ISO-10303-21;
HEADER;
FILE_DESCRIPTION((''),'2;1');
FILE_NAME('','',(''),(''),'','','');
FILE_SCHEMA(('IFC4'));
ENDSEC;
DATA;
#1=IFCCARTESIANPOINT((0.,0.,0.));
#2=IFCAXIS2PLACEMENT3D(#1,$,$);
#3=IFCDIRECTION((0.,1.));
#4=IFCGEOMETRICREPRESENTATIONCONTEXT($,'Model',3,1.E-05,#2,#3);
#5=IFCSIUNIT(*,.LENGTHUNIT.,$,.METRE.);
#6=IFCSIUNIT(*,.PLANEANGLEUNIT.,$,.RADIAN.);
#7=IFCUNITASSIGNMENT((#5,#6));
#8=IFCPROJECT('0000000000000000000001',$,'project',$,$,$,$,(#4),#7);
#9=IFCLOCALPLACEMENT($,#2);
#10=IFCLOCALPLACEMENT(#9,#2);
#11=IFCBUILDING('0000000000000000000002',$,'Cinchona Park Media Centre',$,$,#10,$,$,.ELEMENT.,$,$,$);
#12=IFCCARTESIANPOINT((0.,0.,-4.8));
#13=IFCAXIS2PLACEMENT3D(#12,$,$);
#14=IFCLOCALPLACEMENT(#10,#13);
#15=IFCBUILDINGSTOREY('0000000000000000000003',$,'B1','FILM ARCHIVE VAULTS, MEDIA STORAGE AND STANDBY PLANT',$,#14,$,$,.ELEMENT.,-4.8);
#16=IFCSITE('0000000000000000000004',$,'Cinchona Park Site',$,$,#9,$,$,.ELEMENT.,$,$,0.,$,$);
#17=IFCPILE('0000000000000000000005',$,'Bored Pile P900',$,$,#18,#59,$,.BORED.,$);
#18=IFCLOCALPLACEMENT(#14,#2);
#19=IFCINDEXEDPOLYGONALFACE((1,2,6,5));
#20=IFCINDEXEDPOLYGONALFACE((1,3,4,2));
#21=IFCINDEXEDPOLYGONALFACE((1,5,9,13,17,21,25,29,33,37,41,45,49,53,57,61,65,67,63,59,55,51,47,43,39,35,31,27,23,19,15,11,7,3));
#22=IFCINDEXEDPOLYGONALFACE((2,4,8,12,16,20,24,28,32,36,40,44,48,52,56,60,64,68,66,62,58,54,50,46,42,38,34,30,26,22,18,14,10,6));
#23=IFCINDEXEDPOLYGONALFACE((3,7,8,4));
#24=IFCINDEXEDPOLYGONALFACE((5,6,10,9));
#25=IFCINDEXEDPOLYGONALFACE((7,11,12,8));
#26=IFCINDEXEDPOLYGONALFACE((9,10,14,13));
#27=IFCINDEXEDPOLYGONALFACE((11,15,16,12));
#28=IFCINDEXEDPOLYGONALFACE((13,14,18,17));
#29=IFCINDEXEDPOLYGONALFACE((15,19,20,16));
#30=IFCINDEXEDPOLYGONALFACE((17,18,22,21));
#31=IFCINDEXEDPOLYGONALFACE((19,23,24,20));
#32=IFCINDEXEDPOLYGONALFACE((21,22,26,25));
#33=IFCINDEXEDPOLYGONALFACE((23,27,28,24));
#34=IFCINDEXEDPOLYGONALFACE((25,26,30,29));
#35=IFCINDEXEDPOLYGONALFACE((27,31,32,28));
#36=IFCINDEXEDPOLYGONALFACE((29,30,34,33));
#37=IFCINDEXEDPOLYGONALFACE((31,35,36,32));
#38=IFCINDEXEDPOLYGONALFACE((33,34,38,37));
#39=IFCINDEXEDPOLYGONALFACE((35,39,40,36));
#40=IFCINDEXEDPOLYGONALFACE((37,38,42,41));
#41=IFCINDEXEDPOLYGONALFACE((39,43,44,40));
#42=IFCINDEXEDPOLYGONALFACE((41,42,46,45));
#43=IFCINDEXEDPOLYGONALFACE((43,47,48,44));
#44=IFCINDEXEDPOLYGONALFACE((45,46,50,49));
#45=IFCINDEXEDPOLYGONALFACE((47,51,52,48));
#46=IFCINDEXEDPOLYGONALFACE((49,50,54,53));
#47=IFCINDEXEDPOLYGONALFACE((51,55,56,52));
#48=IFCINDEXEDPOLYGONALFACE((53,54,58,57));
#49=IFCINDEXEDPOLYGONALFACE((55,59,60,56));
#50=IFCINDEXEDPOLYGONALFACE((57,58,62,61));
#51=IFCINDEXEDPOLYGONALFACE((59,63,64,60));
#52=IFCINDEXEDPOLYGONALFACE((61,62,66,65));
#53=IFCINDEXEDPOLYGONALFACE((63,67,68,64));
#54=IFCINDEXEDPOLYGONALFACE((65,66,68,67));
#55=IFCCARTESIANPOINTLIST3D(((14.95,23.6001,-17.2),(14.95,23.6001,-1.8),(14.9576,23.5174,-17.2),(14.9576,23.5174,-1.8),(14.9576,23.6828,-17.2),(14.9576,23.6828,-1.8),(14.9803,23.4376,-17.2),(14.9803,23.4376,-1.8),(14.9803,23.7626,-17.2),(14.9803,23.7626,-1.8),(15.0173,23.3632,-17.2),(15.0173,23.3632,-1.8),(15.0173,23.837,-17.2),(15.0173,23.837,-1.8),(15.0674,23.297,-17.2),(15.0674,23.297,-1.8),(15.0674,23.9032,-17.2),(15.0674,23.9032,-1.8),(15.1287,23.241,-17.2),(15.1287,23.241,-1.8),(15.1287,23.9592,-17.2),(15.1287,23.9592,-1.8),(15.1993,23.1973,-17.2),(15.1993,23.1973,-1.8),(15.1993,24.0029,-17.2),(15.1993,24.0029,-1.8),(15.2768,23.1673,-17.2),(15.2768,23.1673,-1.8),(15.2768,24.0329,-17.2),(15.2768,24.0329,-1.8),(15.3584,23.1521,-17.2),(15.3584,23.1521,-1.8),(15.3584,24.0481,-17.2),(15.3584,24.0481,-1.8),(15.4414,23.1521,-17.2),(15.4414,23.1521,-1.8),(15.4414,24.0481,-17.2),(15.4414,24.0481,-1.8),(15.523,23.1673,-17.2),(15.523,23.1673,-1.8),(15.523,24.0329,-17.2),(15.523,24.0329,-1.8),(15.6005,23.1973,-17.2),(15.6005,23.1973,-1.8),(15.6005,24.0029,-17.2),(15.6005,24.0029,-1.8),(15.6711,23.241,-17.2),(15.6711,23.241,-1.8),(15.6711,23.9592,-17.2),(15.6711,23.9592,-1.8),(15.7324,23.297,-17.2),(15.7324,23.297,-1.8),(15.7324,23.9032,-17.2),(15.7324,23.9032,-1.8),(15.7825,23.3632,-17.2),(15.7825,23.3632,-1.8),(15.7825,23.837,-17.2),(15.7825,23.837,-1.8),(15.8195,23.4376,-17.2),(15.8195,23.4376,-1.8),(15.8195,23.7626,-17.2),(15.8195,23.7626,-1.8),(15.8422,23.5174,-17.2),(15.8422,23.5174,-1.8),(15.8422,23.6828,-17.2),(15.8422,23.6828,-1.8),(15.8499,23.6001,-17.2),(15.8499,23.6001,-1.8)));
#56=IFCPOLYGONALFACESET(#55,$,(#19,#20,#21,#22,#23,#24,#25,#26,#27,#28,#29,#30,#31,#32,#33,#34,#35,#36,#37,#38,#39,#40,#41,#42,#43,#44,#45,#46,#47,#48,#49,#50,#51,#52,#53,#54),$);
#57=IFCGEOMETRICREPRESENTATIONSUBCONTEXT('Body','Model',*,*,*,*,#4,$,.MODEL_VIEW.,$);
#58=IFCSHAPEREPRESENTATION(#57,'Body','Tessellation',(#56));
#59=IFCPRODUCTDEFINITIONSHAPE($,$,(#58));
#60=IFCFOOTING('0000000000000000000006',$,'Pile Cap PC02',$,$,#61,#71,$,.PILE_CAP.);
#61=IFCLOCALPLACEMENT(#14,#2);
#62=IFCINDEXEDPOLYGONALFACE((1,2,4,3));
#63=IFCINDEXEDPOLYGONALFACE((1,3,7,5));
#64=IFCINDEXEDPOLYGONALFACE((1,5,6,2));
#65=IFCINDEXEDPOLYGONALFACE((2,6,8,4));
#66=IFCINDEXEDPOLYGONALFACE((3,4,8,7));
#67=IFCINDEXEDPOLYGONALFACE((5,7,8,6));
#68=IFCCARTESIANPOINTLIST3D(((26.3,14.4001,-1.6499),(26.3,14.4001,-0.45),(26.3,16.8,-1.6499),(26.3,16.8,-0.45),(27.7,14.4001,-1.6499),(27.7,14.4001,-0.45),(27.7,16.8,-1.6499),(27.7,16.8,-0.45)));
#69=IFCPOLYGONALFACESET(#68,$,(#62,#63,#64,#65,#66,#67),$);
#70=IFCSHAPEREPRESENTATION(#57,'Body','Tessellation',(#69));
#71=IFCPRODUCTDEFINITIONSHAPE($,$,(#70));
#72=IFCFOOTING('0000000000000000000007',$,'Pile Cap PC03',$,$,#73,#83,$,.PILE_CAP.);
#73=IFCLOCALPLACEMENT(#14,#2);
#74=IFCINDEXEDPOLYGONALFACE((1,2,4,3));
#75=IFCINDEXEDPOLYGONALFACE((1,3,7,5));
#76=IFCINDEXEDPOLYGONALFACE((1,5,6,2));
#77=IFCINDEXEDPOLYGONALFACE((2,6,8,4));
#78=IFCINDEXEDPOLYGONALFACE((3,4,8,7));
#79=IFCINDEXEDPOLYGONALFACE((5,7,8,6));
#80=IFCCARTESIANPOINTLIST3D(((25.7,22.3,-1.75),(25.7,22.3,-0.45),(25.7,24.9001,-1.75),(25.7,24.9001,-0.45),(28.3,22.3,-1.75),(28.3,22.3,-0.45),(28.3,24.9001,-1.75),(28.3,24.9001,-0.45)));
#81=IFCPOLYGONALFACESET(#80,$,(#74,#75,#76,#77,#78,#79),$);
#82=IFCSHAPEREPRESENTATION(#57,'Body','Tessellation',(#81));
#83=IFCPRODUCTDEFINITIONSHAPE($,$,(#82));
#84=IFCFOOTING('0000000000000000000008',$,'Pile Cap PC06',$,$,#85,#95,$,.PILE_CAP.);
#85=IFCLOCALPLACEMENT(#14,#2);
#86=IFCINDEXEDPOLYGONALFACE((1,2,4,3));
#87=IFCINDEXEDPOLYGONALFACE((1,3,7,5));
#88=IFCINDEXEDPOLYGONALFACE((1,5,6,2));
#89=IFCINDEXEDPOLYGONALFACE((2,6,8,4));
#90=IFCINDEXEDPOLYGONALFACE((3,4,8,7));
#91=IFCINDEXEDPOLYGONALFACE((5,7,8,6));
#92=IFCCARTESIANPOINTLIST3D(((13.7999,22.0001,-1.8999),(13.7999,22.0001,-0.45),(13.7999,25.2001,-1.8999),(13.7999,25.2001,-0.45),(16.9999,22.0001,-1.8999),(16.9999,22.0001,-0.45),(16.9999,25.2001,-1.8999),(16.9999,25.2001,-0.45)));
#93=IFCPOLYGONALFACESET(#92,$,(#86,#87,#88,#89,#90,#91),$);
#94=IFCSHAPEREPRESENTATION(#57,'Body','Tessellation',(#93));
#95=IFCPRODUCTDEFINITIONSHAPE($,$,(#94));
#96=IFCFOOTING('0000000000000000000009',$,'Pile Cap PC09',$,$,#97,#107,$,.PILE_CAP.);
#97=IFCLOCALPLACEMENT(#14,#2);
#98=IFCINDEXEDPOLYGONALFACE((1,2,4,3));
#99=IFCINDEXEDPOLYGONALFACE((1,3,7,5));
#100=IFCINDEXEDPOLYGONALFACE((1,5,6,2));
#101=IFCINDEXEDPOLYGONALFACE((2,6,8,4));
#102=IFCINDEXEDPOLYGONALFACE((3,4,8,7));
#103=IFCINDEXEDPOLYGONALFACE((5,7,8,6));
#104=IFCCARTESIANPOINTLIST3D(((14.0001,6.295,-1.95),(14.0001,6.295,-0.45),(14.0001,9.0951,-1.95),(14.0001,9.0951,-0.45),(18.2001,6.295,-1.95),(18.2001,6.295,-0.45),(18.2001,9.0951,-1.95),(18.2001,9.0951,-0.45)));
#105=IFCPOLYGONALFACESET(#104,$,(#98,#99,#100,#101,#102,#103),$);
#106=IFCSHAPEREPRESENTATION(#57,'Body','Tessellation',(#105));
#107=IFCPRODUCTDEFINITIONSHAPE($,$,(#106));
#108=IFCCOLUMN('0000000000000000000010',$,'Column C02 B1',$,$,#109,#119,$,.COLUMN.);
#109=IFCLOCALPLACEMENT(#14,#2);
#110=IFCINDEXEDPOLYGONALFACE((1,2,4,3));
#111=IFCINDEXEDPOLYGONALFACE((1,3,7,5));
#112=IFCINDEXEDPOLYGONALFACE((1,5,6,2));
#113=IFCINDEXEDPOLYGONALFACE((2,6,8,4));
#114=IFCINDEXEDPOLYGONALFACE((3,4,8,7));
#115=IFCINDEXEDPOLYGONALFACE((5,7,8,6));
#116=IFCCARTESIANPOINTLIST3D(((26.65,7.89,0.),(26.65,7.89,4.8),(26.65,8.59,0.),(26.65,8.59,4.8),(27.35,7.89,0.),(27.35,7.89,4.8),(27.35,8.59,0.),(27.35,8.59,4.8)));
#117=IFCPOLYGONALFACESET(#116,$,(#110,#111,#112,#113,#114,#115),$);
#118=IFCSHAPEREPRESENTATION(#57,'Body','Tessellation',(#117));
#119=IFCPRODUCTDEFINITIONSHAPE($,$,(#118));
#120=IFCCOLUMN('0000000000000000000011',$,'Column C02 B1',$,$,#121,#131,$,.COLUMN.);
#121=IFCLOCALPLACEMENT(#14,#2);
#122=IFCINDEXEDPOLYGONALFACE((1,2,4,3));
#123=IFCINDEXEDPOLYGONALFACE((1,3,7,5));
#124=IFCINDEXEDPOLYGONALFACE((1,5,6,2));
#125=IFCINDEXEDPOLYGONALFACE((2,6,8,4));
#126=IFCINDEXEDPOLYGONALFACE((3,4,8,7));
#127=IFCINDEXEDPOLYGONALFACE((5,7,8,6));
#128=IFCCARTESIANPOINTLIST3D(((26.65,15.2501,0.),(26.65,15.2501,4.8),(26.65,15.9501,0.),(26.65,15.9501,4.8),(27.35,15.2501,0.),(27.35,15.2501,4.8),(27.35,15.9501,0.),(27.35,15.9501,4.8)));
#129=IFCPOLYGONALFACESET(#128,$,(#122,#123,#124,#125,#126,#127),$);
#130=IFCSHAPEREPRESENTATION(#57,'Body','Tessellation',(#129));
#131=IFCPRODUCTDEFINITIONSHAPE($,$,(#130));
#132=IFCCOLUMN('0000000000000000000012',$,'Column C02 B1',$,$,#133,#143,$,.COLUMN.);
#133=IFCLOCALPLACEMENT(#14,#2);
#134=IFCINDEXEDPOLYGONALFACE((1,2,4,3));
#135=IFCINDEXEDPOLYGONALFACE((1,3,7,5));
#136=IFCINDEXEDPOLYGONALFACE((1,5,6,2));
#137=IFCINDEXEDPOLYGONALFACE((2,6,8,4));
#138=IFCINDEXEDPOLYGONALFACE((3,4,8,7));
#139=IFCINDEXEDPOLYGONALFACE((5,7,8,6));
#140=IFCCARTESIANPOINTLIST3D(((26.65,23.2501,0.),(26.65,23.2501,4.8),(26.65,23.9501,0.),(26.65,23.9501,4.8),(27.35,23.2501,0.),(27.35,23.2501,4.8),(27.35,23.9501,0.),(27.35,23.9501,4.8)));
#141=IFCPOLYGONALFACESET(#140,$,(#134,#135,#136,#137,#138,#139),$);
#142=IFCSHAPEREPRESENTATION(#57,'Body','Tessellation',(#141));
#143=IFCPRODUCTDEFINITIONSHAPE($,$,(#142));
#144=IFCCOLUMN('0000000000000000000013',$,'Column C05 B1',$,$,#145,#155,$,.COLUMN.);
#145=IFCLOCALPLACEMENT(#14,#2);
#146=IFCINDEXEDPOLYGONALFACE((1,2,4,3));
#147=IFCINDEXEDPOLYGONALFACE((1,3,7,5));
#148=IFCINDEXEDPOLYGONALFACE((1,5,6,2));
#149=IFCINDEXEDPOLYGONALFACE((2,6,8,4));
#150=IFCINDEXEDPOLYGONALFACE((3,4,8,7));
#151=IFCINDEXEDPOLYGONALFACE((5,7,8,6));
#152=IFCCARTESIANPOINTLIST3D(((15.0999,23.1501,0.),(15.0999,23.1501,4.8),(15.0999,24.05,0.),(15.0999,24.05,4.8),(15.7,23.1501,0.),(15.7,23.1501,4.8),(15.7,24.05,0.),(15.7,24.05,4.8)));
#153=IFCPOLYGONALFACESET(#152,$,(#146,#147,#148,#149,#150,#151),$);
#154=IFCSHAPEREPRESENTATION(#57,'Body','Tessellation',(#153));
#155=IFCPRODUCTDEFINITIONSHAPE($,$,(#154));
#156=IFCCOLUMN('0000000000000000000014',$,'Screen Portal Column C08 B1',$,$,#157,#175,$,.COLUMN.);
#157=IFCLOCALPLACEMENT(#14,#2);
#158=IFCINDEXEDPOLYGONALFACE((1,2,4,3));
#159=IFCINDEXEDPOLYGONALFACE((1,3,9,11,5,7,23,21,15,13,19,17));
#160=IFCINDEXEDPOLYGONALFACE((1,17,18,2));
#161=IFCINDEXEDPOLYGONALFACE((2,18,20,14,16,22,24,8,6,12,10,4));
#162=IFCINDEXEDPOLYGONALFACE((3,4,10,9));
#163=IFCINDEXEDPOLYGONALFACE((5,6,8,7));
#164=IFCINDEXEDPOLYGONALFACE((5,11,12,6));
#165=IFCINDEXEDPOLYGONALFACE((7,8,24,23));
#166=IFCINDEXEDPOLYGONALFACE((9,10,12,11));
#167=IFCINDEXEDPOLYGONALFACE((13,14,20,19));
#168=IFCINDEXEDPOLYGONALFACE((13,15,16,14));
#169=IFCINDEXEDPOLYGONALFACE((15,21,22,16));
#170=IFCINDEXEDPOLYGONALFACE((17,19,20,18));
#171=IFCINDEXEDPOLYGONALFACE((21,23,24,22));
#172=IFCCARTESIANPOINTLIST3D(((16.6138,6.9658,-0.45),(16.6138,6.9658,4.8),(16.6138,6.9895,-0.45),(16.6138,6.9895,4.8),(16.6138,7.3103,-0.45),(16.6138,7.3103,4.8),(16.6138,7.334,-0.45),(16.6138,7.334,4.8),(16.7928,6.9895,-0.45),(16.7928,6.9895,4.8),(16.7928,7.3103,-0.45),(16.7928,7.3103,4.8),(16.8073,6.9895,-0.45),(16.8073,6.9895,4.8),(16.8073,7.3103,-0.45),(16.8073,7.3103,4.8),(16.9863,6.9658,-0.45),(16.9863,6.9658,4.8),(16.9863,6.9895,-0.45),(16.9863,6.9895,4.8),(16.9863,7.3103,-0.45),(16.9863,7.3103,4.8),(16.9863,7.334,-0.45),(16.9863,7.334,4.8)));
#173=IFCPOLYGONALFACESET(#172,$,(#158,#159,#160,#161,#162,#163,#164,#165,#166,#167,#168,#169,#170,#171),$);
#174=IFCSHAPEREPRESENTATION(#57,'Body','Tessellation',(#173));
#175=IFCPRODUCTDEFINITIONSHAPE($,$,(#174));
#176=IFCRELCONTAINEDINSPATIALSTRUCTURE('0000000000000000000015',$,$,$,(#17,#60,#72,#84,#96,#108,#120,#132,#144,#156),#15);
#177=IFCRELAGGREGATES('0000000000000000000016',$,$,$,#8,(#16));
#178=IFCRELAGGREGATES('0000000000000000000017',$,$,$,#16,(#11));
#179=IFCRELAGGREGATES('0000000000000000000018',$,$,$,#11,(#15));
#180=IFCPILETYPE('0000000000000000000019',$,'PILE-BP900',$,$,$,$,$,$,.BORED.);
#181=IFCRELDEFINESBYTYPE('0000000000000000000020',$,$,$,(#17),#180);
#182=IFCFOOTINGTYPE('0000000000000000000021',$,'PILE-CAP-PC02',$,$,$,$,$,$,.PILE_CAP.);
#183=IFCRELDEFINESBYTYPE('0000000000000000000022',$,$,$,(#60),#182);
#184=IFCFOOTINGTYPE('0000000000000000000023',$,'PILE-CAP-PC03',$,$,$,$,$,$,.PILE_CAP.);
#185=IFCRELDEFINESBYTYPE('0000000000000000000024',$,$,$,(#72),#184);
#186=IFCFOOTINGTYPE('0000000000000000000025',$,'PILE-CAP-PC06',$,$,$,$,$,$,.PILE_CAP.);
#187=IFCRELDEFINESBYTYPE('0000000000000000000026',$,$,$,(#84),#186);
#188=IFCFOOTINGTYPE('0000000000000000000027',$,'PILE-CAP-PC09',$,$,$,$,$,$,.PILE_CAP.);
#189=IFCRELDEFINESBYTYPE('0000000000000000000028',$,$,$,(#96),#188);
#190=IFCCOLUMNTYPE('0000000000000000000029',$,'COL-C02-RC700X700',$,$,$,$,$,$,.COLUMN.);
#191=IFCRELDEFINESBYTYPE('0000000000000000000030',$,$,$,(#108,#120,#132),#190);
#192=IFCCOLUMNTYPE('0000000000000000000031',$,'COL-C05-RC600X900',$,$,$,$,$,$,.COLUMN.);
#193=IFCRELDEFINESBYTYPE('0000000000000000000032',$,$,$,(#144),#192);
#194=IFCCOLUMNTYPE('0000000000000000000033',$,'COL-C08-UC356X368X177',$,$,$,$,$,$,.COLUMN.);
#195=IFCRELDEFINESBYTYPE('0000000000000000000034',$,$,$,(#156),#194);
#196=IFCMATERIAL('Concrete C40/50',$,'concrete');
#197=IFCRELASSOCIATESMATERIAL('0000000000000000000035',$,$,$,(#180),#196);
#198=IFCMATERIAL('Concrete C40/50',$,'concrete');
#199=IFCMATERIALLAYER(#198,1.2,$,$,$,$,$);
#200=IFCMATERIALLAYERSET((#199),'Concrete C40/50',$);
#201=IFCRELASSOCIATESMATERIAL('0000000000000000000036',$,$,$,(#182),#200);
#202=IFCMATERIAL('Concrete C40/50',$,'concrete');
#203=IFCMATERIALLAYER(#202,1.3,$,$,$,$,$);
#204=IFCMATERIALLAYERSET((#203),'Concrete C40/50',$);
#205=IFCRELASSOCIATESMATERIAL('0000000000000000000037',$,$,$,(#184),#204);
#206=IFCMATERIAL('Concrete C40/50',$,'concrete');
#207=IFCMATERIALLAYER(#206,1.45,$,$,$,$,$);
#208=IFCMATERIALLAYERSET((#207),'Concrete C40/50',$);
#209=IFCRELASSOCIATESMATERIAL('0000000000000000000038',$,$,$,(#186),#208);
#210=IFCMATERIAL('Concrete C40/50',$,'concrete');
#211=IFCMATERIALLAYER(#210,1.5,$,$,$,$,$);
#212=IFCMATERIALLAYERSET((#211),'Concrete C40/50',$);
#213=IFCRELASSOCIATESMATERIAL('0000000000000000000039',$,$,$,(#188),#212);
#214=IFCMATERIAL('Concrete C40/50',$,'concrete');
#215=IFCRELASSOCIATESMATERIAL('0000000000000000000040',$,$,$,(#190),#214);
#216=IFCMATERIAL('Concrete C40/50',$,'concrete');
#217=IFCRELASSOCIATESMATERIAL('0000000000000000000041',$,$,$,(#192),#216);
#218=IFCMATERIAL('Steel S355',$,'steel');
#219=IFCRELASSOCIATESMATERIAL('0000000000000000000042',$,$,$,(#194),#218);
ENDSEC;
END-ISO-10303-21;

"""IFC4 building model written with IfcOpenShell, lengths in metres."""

from ifc_helpers import new_model, si_unit, direction, frame, origin, origin_2d, place, context, subcontext, project, spatial, rectangle, circle, i_section, extrude, material, layer, layer_set, material_profile, profile_set, type_object, element, save


model = new_model("IFC4")

# Units and contexts
model_context = context("Model", 3, precision=1e-05, world=origin(), true_north=direction((0.0, 1.0)))
body_context = subcontext(model_context, "Body", "Model", "MODEL_VIEW")
ifc_project = project(units=[si_unit("LENGTHUNIT", "METRE"), si_unit("PLANEANGLEUNIT", "RADIAN")], contexts=[model_context])

# Site, building, storey
site_placement = place(None, origin())
site = spatial("IfcSite", under=ifc_project, at=site_placement, Name="Cinchona Park Site", CompositionType="ELEMENT", RefElevation=0.0)
building_placement = place(site_placement, origin())
building = spatial("IfcBuilding", under=site, at=building_placement, Name="Cinchona Park Media Centre", CompositionType="ELEMENT")
storey_placement = place(building_placement, frame((0.0, 0.0, -4.8)))
storey = spatial("IfcBuildingStorey", under=building, at=storey_placement, Name="B1", Description="FILM ARCHIVE VAULTS, MEDIA STORAGE AND STANDBY PLANT", CompositionType="ELEMENT", Elevation=-4.8)

# Pile
ifc_material_1 = material(Name="Concrete C40/50", Category="concrete")
ifc_material_profile_1 = material_profile(ifc_material_1, circle(Radius=0.45, at=origin_2d()), Name="BORED PILE 900")
ifc_profile_set_1 = profile_set([ifc_material_profile_1], Name="Concrete C40/50")
pile_type_1 = type_object("IfcPileType", Name="PILE-BP900", PredefinedType="BORED", material=ifc_profile_set_1)
pile_1_placement = place(storey_placement, frame((15.3999, 23.6001, -1.8), z_axis=(0.0, 0.0, -1.0), x_axis=(1.0, 0.0, 0.0)))
element("IfcPile", 1, at=pile_1_placement, inside=storey, type_object=pile_type_1, Name="Bored Pile P900", PredefinedType="BORED", context=body_context, shape_type="SweptSolid", body=[
    extrude(circle(Radius=0.45, at=origin_2d()), origin(), (0.0, 0.0, 1.0), 15.3999),
])

# Footings
ifc_material_2 = material(Name="Concrete C40/50", Category="concrete")
ifc_layer_1 = layer(ifc_material_2, 1.2)
ifc_layer_set_1 = layer_set([ifc_layer_1], Name="Concrete C40/50")
footing_type_1 = type_object("IfcFootingType", Name="PILE-CAP-PC02", PredefinedType="PILE_CAP", material=ifc_layer_set_1)
footing_1_placement = place(storey_placement, frame((27.0, 15.6001, -1.6499), z_axis=(0.0, 0.0, 1.0), x_axis=(1.0, 0.0, 0.0)))
element("IfcFooting", 2, at=footing_1_placement, inside=storey, type_object=footing_type_1, Name="Pile Cap PC02", PredefinedType="PILE_CAP", context=body_context, shape_type="SweptSolid", body=[
    extrude(rectangle(XDim=1.3999, YDim=2.3999, at=origin_2d()), origin(), (0.0, 0.0, 1.0), 1.2),
])
ifc_material_3 = material(Name="Concrete C40/50", Category="concrete")
ifc_layer_2 = layer(ifc_material_3, 1.3)
ifc_layer_set_2 = layer_set([ifc_layer_2], Name="Concrete C40/50")
footing_type_2 = type_object("IfcFootingType", Name="PILE-CAP-PC03", PredefinedType="PILE_CAP", material=ifc_layer_set_2)
footing_2_placement = place(storey_placement, frame((27.0, 23.6001, -1.75), z_axis=(0.0, 0.0, 1.0), x_axis=(1.0, 0.0, 0.0)))
element("IfcFooting", 3, at=footing_2_placement, inside=storey, type_object=footing_type_2, Name="Pile Cap PC03", PredefinedType="PILE_CAP", context=body_context, shape_type="SweptSolid", body=[
    extrude(rectangle(XDim=2.6001, YDim=2.6001, at=origin_2d()), origin(), (0.0, 0.0, 1.0), 1.3),
])
ifc_material_4 = material(Name="Concrete C40/50", Category="concrete")
ifc_layer_3 = layer(ifc_material_4, 1.45)
ifc_layer_set_3 = layer_set([ifc_layer_3], Name="Concrete C40/50")
footing_type_3 = type_object("IfcFootingType", Name="PILE-CAP-PC06", PredefinedType="PILE_CAP", material=ifc_layer_set_3)
footing_3_placement = place(storey_placement, frame((15.3999, 23.6001, -1.8999), z_axis=(0.0, 0.0, 1.0), x_axis=(1.0, 0.0, 0.0)))
element("IfcFooting", 4, at=footing_3_placement, inside=storey, type_object=footing_type_3, Name="Pile Cap PC06", PredefinedType="PILE_CAP", context=body_context, shape_type="SweptSolid", body=[
    extrude(rectangle(XDim=3.2, YDim=3.2, at=origin_2d()), origin(), (0.0, 0.0, 1.0), 1.45),
])
ifc_material_5 = material(Name="Concrete C40/50", Category="concrete")
ifc_layer_4 = layer(ifc_material_5, 1.5)
ifc_layer_set_4 = layer_set([ifc_layer_4], Name="Concrete C40/50")
footing_type_4 = type_object("IfcFootingType", Name="PILE-CAP-PC09", PredefinedType="PILE_CAP", material=ifc_layer_set_4)
footing_4_placement = place(storey_placement, frame((16.1001, 7.6951, -1.95), z_axis=(0.0, 0.0, 1.0), x_axis=(1.0, 0.0, 0.0)))
element("IfcFooting", 5, at=footing_4_placement, inside=storey, type_object=footing_type_4, Name="Pile Cap PC09", PredefinedType="PILE_CAP", context=body_context, shape_type="SweptSolid", body=[
    extrude(rectangle(XDim=4.2, YDim=2.8, at=origin_2d()), origin(), (0.0, 0.0, 1.0), 1.5),
])

# Columns
ifc_material_6 = material(Name="Concrete C40/50", Category="concrete")
ifc_material_profile_2 = material_profile(ifc_material_6, rectangle(XDim=0.7, YDim=0.7, at=origin_2d()), Name="RC 700X700")
ifc_profile_set_2 = profile_set([ifc_material_profile_2], Name="Concrete C40/50")
column_type_1 = type_object("IfcColumnType", Name="COL-C02-RC700X700", PredefinedType="COLUMN", material=ifc_profile_set_2)
for number, where, z_axis, x_axis, name in (
    (6, (27.0, 8.24, 0.0), (0.0, 0.0, 1.0), (1.0, 0.0, 0.0), "Column C02 B1"),
    (7, (27.0, 15.6001, 0.0), (0.0, 0.0, 1.0), (1.0, 0.0, 0.0), "Column C02 B1"),
    (8, (27.0, 23.6001, 0.0), (0.0, 0.0, 1.0), (1.0, 0.0, 0.0), "Column C02 B1"),
):
    element("IfcColumn", number, at=place(storey_placement, frame(where, z_axis=z_axis, x_axis=x_axis)), inside=storey, type_object=column_type_1, Name=name, PredefinedType="COLUMN", context=body_context, shape_type="SweptSolid", body=[
        extrude(rectangle(XDim=0.7, YDim=0.7, at=origin_2d()), origin(), (0.0, 0.0, 1.0), 4.8),
    ])
ifc_material_7 = material(Name="Concrete C40/50", Category="concrete")
ifc_material_profile_3 = material_profile(ifc_material_7, rectangle(XDim=0.6001, YDim=0.8999, at=origin_2d()), Name="RC 600X900")
ifc_profile_set_3 = profile_set([ifc_material_profile_3], Name="Concrete C40/50")
column_type_2 = type_object("IfcColumnType", Name="COL-C05-RC600X900", PredefinedType="COLUMN", material=ifc_profile_set_3)
column_1_placement = place(storey_placement, frame((15.3999, 23.6001, 0.0), z_axis=(0.0, 0.0, 1.0), x_axis=(1.0, 0.0, 0.0)))
element("IfcColumn", 9, at=column_1_placement, inside=storey, type_object=column_type_2, Name="Column C05 B1", PredefinedType="COLUMN", context=body_context, shape_type="SweptSolid", body=[
    extrude(rectangle(XDim=0.6001, YDim=0.8999, at=origin_2d()), origin(), (0.0, 0.0, 1.0), 4.8),
])
ifc_material_8 = material(Name="Steel S355", Category="steel")
ifc_material_profile_4 = material_profile(ifc_material_8, i_section(OverallWidth=0.3726, OverallDepth=0.3682, WebThickness=0.0144, FlangeThickness=0.0237, at=origin_2d()), Name="UC356X368X177")
ifc_profile_set_4 = profile_set([ifc_material_profile_4], Name="Steel S355")
column_type_3 = type_object("IfcColumnType", Name="COL-C08-UC356X368X177", PredefinedType="COLUMN", material=ifc_profile_set_4)
column_2_placement = place(storey_placement, frame((16.8, 7.1499, -0.45), z_axis=(0.0, 0.0, 1.0), x_axis=(1.0, 0.0, 0.0)))
element("IfcColumn", 10, at=column_2_placement, inside=storey, type_object=column_type_3, Name="Screen Portal Column C08 B1", PredefinedType="COLUMN", context=body_context, shape_type="SweptSolid", body=[
    extrude(i_section(OverallWidth=0.3726, OverallDepth=0.3682, WebThickness=0.0144, FlangeThickness=0.0237, at=origin_2d()), origin(), (0.0, 0.0, 1.0), 5.25),
])

save(model, "model.ifc")
